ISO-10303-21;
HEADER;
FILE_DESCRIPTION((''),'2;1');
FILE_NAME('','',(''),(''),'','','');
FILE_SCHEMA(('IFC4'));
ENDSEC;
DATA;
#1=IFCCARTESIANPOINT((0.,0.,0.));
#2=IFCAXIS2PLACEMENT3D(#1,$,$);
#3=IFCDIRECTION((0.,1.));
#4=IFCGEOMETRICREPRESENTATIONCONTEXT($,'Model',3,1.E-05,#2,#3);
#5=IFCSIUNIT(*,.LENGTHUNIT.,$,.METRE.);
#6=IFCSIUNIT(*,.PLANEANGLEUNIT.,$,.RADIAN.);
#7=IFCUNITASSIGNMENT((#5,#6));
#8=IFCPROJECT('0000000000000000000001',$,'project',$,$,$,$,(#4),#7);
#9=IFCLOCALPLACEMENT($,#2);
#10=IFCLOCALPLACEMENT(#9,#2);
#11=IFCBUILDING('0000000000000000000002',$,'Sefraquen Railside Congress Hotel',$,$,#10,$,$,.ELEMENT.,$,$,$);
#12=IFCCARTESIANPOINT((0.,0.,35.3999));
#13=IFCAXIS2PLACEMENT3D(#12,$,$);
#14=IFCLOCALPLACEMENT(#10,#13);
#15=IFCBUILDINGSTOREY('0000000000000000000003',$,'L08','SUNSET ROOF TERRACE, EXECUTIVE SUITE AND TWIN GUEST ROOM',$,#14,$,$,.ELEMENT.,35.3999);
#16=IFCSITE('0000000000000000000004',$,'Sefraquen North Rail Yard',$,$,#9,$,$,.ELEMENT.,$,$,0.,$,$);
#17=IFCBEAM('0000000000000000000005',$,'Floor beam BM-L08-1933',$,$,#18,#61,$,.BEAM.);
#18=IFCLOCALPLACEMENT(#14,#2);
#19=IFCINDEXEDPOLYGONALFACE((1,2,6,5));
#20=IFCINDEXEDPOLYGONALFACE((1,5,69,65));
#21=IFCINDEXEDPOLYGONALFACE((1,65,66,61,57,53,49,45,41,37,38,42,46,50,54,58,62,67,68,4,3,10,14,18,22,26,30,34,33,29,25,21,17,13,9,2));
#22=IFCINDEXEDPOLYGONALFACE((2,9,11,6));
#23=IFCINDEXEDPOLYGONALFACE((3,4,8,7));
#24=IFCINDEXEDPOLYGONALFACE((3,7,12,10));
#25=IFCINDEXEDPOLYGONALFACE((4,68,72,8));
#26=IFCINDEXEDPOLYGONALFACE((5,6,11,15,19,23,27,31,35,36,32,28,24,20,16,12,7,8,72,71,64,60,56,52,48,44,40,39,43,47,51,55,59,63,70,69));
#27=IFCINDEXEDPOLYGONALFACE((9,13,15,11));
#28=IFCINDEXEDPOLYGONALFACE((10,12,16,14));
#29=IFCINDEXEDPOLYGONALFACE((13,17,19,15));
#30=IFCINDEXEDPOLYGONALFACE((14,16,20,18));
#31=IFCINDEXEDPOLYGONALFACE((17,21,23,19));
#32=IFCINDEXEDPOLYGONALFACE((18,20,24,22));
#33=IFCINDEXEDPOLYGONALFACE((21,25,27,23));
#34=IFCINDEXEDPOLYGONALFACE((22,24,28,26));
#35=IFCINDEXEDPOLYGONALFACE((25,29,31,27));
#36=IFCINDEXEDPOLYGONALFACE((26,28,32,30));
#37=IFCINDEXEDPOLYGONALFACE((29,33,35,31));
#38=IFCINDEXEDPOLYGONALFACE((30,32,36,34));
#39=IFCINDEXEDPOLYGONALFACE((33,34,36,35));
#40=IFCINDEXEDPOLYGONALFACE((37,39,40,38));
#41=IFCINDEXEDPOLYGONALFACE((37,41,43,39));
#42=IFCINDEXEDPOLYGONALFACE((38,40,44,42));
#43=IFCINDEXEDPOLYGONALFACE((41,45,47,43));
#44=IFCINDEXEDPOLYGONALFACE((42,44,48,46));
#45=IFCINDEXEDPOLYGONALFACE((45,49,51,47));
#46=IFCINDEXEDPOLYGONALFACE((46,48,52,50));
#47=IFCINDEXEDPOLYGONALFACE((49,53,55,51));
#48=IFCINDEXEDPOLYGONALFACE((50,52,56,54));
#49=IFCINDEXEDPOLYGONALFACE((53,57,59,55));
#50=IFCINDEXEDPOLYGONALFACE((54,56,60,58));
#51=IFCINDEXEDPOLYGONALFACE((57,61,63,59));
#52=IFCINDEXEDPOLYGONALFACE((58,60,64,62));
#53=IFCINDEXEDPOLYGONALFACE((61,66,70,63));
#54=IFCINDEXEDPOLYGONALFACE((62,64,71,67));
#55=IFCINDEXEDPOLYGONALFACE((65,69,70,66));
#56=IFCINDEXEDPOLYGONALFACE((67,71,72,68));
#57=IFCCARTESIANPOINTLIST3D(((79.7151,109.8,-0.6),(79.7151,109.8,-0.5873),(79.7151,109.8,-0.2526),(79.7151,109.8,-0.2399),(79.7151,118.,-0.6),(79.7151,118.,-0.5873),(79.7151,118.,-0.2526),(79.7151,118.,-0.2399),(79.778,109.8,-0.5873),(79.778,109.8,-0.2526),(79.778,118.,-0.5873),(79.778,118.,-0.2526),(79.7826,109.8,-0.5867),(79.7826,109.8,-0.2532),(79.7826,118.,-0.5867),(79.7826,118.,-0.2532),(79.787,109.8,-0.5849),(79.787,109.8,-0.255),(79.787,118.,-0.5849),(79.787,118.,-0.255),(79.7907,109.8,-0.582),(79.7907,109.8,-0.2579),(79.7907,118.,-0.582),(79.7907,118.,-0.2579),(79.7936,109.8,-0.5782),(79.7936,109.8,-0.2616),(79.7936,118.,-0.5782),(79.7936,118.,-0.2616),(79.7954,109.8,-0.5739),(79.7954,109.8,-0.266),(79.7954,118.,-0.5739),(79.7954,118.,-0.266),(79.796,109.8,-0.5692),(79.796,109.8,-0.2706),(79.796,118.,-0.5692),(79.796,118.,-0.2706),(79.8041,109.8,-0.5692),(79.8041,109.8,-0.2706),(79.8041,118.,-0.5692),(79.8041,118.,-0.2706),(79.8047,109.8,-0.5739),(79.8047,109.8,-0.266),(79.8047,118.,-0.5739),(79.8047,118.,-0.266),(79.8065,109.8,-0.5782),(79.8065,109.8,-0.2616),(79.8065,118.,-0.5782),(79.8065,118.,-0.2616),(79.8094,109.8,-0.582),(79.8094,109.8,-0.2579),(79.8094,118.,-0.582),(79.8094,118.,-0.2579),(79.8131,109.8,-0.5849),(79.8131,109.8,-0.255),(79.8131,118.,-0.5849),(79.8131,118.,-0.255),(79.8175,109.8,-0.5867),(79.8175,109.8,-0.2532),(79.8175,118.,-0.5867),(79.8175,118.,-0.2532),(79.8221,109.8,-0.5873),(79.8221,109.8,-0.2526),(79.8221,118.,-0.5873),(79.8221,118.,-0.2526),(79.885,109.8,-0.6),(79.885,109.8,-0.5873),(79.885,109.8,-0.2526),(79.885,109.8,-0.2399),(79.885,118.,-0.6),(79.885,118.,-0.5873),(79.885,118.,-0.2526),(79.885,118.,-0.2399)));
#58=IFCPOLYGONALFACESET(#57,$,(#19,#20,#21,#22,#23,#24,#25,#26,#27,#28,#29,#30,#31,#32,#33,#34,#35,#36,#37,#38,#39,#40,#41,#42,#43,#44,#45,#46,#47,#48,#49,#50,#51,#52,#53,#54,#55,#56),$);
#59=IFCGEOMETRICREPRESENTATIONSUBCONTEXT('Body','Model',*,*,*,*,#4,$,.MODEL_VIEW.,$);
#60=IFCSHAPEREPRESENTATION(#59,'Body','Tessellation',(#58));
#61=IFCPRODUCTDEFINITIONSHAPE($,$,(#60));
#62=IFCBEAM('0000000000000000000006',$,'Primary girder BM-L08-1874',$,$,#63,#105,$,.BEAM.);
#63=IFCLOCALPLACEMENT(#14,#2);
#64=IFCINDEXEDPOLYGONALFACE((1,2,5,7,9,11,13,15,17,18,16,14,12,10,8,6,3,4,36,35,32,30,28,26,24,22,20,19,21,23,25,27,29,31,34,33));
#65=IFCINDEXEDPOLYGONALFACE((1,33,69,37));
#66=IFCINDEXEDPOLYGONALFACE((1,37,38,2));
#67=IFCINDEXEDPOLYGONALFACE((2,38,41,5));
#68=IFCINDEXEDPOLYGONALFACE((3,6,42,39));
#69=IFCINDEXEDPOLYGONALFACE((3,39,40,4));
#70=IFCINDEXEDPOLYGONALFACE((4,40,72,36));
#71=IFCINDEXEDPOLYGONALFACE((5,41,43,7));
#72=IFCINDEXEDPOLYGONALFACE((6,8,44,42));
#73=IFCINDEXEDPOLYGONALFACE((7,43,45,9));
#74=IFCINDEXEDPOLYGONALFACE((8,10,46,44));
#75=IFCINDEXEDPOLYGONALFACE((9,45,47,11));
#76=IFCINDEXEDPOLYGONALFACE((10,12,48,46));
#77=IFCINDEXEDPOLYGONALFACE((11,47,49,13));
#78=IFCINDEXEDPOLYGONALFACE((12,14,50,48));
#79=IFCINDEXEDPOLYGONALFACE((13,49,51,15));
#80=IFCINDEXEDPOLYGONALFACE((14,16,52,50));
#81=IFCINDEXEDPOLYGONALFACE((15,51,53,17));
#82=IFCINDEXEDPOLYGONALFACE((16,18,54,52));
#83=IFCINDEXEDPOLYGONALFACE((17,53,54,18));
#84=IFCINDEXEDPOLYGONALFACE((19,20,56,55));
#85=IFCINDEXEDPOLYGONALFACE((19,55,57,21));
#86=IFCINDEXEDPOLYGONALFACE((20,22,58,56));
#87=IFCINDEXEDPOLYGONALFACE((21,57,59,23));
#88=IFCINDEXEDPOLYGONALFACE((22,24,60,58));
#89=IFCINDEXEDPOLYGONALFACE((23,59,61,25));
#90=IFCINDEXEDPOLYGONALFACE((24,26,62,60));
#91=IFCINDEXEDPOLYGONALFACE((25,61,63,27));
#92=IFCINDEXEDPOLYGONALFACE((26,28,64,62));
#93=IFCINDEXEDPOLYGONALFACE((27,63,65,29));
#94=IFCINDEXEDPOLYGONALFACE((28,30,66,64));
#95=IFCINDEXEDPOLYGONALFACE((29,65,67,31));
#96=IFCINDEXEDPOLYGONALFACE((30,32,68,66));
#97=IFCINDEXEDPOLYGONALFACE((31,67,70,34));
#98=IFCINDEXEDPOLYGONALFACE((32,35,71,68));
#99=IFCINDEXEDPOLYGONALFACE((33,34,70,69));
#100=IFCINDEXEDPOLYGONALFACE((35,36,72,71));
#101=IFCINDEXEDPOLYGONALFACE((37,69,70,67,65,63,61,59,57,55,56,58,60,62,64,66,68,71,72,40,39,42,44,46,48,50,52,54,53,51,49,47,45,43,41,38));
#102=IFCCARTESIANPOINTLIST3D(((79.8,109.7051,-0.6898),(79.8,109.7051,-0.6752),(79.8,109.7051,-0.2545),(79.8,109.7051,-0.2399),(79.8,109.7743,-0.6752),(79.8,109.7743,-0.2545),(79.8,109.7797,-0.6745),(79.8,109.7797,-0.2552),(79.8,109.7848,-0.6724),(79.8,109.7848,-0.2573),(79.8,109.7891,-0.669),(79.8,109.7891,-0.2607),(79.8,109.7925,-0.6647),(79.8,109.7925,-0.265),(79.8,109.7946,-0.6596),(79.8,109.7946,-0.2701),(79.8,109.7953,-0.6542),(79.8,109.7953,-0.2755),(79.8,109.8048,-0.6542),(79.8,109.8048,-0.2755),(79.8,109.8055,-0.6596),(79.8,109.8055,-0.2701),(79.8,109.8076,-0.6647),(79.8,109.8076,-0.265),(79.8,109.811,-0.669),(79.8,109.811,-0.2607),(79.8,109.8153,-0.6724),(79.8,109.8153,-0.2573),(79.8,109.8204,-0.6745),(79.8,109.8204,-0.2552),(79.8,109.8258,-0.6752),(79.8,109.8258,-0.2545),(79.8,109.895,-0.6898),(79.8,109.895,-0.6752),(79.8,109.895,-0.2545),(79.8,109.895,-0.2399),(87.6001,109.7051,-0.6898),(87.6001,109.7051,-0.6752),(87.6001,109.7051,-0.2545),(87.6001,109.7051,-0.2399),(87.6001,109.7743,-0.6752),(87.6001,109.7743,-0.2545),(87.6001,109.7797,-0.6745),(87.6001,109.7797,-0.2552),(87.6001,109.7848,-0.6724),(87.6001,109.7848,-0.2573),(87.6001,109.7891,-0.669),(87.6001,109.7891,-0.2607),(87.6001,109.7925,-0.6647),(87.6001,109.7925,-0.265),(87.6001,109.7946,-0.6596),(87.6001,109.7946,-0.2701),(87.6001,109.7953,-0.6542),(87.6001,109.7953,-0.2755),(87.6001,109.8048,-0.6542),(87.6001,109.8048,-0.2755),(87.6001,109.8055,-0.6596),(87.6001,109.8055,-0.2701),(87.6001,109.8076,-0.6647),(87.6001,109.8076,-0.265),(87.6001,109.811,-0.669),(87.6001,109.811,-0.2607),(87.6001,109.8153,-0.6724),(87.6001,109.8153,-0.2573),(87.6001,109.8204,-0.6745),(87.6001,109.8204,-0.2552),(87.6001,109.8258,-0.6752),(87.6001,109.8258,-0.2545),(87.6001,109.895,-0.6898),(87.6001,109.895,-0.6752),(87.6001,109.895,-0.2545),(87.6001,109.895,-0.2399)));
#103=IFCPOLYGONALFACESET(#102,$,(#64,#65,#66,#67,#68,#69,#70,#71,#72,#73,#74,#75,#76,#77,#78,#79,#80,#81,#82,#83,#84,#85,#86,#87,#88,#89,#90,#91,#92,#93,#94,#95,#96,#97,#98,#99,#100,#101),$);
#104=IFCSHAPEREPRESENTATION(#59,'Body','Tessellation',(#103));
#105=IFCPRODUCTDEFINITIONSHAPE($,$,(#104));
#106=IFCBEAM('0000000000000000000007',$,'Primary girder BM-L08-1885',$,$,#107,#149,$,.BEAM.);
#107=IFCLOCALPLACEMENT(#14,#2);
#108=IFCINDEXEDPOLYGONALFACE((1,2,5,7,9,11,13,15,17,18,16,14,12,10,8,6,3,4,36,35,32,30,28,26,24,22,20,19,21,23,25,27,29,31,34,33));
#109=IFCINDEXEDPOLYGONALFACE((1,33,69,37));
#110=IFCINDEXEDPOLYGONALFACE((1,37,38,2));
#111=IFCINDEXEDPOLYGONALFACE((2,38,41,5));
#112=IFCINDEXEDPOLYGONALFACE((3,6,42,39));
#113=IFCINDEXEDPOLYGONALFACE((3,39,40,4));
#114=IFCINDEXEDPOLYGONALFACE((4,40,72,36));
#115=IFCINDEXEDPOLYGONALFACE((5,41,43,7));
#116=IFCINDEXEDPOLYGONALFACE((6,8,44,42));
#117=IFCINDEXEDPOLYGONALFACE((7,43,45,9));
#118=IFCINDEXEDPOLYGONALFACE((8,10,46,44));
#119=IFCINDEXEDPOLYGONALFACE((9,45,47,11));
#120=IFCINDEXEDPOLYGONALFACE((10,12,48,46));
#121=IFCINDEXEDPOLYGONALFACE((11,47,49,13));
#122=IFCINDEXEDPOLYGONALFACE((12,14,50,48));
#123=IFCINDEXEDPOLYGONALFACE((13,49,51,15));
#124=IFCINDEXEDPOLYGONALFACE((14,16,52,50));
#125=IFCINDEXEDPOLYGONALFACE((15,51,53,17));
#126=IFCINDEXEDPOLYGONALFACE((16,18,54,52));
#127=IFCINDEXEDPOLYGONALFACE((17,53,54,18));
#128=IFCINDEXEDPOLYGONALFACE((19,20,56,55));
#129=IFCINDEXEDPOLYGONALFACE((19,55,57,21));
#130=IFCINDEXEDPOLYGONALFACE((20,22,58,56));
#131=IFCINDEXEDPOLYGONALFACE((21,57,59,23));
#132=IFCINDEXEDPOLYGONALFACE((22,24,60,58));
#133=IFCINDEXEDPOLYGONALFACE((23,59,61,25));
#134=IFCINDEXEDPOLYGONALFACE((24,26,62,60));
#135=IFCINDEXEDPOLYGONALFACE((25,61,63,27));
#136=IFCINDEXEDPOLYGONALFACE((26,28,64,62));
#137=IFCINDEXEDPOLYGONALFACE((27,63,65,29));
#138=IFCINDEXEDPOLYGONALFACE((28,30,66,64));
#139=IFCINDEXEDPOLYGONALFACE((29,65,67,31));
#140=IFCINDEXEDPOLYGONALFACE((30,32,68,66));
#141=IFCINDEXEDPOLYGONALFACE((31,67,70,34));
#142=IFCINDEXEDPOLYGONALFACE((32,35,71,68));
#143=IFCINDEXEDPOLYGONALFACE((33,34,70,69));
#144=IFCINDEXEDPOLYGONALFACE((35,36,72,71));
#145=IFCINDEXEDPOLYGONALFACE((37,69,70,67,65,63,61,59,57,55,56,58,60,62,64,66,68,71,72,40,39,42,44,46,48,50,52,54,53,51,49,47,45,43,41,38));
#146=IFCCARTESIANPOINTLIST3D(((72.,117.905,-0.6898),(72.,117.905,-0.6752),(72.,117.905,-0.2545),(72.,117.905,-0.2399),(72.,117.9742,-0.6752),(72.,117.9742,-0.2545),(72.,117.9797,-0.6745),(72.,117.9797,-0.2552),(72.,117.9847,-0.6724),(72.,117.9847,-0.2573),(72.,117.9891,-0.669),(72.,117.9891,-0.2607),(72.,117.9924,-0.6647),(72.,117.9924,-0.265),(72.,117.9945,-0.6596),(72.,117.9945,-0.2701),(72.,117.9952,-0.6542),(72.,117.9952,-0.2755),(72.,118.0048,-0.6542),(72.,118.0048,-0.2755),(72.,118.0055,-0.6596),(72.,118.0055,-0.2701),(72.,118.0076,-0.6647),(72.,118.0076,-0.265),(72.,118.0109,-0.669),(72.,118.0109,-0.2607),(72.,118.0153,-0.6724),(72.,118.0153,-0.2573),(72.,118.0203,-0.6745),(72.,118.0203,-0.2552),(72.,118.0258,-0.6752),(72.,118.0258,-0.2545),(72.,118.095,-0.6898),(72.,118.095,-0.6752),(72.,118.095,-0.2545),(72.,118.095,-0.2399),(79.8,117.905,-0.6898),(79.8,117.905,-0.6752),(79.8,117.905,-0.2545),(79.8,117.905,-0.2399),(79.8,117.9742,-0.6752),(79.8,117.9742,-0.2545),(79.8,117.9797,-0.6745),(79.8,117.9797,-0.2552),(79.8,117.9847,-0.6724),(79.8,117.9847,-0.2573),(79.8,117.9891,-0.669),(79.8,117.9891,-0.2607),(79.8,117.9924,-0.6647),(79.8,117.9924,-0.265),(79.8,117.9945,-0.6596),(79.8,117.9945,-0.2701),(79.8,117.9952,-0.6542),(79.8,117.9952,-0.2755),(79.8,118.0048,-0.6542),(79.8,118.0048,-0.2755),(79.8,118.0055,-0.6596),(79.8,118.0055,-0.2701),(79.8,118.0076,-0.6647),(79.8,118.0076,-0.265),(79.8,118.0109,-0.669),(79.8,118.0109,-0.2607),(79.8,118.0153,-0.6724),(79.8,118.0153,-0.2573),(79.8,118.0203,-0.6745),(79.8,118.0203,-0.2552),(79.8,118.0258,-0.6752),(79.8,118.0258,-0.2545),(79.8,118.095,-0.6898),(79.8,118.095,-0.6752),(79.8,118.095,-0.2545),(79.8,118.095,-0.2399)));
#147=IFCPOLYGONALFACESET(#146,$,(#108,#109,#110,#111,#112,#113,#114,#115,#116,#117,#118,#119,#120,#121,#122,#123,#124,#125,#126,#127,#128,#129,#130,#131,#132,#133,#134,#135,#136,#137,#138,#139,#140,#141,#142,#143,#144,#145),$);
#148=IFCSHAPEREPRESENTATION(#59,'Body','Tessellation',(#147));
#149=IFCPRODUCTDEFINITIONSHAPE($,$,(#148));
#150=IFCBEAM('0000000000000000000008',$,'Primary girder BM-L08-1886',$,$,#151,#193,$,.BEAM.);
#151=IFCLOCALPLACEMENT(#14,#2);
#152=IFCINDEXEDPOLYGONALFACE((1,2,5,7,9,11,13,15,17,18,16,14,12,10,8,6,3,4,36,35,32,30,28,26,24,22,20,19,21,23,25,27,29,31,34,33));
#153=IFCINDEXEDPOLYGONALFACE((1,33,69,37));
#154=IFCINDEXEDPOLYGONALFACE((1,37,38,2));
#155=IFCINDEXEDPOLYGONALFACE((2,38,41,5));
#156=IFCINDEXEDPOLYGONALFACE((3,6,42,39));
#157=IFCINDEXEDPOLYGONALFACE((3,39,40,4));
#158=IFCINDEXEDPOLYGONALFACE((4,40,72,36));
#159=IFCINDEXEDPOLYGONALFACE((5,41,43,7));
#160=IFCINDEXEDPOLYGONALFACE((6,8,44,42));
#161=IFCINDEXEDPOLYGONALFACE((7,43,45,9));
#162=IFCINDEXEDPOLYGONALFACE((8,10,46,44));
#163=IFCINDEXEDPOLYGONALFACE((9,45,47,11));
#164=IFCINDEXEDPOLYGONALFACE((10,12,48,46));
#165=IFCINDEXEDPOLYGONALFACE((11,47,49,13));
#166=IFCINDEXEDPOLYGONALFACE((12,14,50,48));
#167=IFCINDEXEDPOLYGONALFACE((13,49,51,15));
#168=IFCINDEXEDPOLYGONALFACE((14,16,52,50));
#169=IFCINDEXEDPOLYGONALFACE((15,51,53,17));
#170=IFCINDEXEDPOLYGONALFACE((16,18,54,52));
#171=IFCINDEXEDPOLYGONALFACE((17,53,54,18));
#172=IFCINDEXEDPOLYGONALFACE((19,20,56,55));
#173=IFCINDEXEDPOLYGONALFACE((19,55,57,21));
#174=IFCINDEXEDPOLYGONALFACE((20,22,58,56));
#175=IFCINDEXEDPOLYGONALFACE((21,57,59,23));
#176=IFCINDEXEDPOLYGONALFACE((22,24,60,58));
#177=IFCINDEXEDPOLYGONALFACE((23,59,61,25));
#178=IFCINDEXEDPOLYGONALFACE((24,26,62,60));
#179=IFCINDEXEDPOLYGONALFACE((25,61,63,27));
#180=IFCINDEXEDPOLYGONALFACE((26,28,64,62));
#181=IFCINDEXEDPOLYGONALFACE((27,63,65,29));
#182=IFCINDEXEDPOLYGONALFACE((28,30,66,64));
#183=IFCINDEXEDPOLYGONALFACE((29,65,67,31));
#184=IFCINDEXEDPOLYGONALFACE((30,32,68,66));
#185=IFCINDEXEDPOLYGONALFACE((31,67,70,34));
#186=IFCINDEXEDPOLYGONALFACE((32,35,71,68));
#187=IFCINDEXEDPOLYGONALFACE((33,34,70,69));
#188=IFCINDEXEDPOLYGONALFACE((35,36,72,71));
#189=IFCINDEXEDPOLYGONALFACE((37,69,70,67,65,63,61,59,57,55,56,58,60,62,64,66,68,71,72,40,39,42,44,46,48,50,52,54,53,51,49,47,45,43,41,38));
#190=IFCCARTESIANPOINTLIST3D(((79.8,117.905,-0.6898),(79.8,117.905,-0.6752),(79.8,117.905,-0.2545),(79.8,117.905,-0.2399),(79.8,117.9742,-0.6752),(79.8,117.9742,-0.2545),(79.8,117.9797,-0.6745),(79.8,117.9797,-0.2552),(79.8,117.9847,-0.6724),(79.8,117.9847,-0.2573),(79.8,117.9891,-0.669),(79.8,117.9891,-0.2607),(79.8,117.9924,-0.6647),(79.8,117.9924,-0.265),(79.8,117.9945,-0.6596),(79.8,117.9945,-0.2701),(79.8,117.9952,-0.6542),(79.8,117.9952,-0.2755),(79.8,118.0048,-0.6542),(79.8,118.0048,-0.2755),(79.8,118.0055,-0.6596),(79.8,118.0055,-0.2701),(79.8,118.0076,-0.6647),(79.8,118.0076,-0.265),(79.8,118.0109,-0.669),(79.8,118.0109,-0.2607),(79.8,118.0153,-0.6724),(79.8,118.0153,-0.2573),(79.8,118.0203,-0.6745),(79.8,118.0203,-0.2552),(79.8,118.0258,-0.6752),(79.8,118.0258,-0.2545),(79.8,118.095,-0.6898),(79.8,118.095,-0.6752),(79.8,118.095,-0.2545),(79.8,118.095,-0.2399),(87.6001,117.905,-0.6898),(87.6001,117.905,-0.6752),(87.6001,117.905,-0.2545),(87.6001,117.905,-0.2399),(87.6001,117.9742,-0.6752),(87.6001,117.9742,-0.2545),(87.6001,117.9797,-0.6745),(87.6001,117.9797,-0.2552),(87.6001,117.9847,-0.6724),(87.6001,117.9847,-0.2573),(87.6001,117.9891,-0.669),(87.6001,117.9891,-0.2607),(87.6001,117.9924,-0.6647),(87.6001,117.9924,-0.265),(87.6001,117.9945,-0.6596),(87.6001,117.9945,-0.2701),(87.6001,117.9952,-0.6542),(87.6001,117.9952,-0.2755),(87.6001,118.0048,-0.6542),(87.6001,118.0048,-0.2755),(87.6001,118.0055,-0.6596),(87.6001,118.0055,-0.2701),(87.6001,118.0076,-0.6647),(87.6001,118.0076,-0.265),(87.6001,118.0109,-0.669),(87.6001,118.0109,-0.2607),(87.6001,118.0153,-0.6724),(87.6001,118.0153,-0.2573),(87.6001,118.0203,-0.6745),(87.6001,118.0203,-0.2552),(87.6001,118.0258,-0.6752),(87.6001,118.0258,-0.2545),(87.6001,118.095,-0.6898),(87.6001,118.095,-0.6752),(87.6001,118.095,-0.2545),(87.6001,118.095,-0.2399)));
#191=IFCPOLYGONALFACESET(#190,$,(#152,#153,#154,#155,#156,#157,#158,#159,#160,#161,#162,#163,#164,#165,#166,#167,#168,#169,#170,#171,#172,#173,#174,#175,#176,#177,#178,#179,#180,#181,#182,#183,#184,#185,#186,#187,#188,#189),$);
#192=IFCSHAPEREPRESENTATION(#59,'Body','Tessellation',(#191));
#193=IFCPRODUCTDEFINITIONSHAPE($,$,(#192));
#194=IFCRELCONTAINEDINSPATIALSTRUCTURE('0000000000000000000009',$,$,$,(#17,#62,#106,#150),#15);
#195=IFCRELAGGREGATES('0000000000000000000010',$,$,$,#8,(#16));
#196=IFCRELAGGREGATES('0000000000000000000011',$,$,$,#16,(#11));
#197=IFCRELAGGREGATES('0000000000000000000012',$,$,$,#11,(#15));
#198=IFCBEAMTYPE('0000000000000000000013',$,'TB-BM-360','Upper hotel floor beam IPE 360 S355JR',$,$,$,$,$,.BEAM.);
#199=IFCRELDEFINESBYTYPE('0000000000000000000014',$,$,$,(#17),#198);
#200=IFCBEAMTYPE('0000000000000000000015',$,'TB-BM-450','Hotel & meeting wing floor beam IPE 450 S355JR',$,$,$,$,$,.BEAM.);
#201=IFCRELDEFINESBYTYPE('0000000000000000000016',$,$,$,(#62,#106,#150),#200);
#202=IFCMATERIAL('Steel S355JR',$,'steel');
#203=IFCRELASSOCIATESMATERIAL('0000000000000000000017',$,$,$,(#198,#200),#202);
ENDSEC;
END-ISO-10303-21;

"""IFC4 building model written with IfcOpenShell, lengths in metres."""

from ifc_helpers import new_model, si_unit, direction, frame, origin, origin_2d, place, context, subcontext, project, spatial, i_section, extrude, material, material_profile, profile_set, type_object, element, save


model = new_model("IFC4")

# Units and contexts
model_context = context("Model", 3, precision=1e-05, world=origin(), true_north=direction((0.0, 1.0)))
body_context = subcontext(model_context, "Body", "Model", "MODEL_VIEW")
ifc_project = project(units=[si_unit("LENGTHUNIT", "METRE"), si_unit("PLANEANGLEUNIT", "RADIAN")], contexts=[model_context])

# Site, building, storey
site_placement = place(None, origin())
site = spatial("IfcSite", under=ifc_project, at=site_placement, Name="Sefraquen North Rail Yard", CompositionType="ELEMENT", RefElevation=0.0)
building_placement = place(site_placement, origin())
building = spatial("IfcBuilding", under=site, at=building_placement, Name="Sefraquen Railside Congress Hotel", CompositionType="ELEMENT")
storey_placement = place(building_placement, frame((0.0, 0.0, 35.3999)))
storey = spatial("IfcBuildingStorey", under=building, at=storey_placement, Name="L08", Description="SUNSET ROOF TERRACE, EXECUTIVE SUITE AND TWIN GUEST ROOM", CompositionType="ELEMENT", Elevation=35.3999)

# Shared definitions
ifc_material_1 = material(Name="Steel S355JR", Category="steel")

# Beams
ifc_material_profile_1 = material_profile(ifc_material_1, i_section(OverallWidth=0.1699, OverallDepth=0.3601, WebThickness=0.0081, FlangeThickness=0.0127, FilletRadius=0.0181, at=origin_2d()), Name="IPE 360")
ifc_profile_set_1 = profile_set([ifc_material_profile_1], Name="Steel S355JR")
beam_type_1 = type_object("IfcBeamType", Name="TB-BM-360", Description="Upper hotel floor beam IPE 360 S355JR", PredefinedType="BEAM", material=ifc_profile_set_1)
for number, where, z_axis, x_axis, name in (
    (1, (79.8, 109.8, -0.4199), (0.0, 1.0, 0.0), (-1.0, 0.0, 0.0), "Floor beam BM-L08-1933"),
):
    element("IfcBeam", number, at=place(storey_placement, frame(where, z_axis=z_axis, x_axis=x_axis)), inside=storey, type_object=beam_type_1, Name=name, PredefinedType="BEAM", context=body_context, shape_type="SweptSolid", body=[
        extrude(i_section(OverallWidth=0.1699, OverallDepth=0.3601, WebThickness=0.0081, FlangeThickness=0.0127, FilletRadius=0.0181, at=origin_2d()), origin(), (0.0, 0.0, 1.0), 8.2),
    ])
ifc_material_profile_2 = material_profile(ifc_material_1, i_section(OverallWidth=0.1899, OverallDepth=0.45, WebThickness=0.0095, FlangeThickness=0.0146, FilletRadius=0.021, at=origin_2d()), Name="IPE 450")
ifc_profile_set_2 = profile_set([ifc_material_profile_2], Name="Steel S355JR")
beam_type_2 = type_object("IfcBeamType", Name="TB-BM-450", Description="Hotel & meeting wing floor beam IPE 450 S355JR", PredefinedType="BEAM", material=ifc_profile_set_2)
for number, where, z_axis, x_axis, name in (
    (2, (79.8, 109.8, -0.4648), (1.0, 0.0, 0.0), (0.0, 1.0, 0.0), "Primary girder BM-L08-1874"),
    (3, (72.0, 118.0, -0.4648), (1.0, 0.0, 0.0), (0.0, 1.0, 0.0), "Primary girder BM-L08-1885"),
    (4, (79.8, 118.0, -0.4648), (1.0, 0.0, 0.0), (0.0, 1.0, 0.0), "Primary girder BM-L08-1886"),
):
    element("IfcBeam", number, at=place(storey_placement, frame(where, z_axis=z_axis, x_axis=x_axis)), inside=storey, type_object=beam_type_2, Name=name, PredefinedType="BEAM", context=body_context, shape_type="SweptSolid", body=[
        extrude(i_section(OverallWidth=0.1899, OverallDepth=0.45, WebThickness=0.0095, FlangeThickness=0.0146, FilletRadius=0.021, at=origin_2d()), origin(), (0.0, 0.0, 1.0), 7.8),
    ])

save(model, "model.ifc")
